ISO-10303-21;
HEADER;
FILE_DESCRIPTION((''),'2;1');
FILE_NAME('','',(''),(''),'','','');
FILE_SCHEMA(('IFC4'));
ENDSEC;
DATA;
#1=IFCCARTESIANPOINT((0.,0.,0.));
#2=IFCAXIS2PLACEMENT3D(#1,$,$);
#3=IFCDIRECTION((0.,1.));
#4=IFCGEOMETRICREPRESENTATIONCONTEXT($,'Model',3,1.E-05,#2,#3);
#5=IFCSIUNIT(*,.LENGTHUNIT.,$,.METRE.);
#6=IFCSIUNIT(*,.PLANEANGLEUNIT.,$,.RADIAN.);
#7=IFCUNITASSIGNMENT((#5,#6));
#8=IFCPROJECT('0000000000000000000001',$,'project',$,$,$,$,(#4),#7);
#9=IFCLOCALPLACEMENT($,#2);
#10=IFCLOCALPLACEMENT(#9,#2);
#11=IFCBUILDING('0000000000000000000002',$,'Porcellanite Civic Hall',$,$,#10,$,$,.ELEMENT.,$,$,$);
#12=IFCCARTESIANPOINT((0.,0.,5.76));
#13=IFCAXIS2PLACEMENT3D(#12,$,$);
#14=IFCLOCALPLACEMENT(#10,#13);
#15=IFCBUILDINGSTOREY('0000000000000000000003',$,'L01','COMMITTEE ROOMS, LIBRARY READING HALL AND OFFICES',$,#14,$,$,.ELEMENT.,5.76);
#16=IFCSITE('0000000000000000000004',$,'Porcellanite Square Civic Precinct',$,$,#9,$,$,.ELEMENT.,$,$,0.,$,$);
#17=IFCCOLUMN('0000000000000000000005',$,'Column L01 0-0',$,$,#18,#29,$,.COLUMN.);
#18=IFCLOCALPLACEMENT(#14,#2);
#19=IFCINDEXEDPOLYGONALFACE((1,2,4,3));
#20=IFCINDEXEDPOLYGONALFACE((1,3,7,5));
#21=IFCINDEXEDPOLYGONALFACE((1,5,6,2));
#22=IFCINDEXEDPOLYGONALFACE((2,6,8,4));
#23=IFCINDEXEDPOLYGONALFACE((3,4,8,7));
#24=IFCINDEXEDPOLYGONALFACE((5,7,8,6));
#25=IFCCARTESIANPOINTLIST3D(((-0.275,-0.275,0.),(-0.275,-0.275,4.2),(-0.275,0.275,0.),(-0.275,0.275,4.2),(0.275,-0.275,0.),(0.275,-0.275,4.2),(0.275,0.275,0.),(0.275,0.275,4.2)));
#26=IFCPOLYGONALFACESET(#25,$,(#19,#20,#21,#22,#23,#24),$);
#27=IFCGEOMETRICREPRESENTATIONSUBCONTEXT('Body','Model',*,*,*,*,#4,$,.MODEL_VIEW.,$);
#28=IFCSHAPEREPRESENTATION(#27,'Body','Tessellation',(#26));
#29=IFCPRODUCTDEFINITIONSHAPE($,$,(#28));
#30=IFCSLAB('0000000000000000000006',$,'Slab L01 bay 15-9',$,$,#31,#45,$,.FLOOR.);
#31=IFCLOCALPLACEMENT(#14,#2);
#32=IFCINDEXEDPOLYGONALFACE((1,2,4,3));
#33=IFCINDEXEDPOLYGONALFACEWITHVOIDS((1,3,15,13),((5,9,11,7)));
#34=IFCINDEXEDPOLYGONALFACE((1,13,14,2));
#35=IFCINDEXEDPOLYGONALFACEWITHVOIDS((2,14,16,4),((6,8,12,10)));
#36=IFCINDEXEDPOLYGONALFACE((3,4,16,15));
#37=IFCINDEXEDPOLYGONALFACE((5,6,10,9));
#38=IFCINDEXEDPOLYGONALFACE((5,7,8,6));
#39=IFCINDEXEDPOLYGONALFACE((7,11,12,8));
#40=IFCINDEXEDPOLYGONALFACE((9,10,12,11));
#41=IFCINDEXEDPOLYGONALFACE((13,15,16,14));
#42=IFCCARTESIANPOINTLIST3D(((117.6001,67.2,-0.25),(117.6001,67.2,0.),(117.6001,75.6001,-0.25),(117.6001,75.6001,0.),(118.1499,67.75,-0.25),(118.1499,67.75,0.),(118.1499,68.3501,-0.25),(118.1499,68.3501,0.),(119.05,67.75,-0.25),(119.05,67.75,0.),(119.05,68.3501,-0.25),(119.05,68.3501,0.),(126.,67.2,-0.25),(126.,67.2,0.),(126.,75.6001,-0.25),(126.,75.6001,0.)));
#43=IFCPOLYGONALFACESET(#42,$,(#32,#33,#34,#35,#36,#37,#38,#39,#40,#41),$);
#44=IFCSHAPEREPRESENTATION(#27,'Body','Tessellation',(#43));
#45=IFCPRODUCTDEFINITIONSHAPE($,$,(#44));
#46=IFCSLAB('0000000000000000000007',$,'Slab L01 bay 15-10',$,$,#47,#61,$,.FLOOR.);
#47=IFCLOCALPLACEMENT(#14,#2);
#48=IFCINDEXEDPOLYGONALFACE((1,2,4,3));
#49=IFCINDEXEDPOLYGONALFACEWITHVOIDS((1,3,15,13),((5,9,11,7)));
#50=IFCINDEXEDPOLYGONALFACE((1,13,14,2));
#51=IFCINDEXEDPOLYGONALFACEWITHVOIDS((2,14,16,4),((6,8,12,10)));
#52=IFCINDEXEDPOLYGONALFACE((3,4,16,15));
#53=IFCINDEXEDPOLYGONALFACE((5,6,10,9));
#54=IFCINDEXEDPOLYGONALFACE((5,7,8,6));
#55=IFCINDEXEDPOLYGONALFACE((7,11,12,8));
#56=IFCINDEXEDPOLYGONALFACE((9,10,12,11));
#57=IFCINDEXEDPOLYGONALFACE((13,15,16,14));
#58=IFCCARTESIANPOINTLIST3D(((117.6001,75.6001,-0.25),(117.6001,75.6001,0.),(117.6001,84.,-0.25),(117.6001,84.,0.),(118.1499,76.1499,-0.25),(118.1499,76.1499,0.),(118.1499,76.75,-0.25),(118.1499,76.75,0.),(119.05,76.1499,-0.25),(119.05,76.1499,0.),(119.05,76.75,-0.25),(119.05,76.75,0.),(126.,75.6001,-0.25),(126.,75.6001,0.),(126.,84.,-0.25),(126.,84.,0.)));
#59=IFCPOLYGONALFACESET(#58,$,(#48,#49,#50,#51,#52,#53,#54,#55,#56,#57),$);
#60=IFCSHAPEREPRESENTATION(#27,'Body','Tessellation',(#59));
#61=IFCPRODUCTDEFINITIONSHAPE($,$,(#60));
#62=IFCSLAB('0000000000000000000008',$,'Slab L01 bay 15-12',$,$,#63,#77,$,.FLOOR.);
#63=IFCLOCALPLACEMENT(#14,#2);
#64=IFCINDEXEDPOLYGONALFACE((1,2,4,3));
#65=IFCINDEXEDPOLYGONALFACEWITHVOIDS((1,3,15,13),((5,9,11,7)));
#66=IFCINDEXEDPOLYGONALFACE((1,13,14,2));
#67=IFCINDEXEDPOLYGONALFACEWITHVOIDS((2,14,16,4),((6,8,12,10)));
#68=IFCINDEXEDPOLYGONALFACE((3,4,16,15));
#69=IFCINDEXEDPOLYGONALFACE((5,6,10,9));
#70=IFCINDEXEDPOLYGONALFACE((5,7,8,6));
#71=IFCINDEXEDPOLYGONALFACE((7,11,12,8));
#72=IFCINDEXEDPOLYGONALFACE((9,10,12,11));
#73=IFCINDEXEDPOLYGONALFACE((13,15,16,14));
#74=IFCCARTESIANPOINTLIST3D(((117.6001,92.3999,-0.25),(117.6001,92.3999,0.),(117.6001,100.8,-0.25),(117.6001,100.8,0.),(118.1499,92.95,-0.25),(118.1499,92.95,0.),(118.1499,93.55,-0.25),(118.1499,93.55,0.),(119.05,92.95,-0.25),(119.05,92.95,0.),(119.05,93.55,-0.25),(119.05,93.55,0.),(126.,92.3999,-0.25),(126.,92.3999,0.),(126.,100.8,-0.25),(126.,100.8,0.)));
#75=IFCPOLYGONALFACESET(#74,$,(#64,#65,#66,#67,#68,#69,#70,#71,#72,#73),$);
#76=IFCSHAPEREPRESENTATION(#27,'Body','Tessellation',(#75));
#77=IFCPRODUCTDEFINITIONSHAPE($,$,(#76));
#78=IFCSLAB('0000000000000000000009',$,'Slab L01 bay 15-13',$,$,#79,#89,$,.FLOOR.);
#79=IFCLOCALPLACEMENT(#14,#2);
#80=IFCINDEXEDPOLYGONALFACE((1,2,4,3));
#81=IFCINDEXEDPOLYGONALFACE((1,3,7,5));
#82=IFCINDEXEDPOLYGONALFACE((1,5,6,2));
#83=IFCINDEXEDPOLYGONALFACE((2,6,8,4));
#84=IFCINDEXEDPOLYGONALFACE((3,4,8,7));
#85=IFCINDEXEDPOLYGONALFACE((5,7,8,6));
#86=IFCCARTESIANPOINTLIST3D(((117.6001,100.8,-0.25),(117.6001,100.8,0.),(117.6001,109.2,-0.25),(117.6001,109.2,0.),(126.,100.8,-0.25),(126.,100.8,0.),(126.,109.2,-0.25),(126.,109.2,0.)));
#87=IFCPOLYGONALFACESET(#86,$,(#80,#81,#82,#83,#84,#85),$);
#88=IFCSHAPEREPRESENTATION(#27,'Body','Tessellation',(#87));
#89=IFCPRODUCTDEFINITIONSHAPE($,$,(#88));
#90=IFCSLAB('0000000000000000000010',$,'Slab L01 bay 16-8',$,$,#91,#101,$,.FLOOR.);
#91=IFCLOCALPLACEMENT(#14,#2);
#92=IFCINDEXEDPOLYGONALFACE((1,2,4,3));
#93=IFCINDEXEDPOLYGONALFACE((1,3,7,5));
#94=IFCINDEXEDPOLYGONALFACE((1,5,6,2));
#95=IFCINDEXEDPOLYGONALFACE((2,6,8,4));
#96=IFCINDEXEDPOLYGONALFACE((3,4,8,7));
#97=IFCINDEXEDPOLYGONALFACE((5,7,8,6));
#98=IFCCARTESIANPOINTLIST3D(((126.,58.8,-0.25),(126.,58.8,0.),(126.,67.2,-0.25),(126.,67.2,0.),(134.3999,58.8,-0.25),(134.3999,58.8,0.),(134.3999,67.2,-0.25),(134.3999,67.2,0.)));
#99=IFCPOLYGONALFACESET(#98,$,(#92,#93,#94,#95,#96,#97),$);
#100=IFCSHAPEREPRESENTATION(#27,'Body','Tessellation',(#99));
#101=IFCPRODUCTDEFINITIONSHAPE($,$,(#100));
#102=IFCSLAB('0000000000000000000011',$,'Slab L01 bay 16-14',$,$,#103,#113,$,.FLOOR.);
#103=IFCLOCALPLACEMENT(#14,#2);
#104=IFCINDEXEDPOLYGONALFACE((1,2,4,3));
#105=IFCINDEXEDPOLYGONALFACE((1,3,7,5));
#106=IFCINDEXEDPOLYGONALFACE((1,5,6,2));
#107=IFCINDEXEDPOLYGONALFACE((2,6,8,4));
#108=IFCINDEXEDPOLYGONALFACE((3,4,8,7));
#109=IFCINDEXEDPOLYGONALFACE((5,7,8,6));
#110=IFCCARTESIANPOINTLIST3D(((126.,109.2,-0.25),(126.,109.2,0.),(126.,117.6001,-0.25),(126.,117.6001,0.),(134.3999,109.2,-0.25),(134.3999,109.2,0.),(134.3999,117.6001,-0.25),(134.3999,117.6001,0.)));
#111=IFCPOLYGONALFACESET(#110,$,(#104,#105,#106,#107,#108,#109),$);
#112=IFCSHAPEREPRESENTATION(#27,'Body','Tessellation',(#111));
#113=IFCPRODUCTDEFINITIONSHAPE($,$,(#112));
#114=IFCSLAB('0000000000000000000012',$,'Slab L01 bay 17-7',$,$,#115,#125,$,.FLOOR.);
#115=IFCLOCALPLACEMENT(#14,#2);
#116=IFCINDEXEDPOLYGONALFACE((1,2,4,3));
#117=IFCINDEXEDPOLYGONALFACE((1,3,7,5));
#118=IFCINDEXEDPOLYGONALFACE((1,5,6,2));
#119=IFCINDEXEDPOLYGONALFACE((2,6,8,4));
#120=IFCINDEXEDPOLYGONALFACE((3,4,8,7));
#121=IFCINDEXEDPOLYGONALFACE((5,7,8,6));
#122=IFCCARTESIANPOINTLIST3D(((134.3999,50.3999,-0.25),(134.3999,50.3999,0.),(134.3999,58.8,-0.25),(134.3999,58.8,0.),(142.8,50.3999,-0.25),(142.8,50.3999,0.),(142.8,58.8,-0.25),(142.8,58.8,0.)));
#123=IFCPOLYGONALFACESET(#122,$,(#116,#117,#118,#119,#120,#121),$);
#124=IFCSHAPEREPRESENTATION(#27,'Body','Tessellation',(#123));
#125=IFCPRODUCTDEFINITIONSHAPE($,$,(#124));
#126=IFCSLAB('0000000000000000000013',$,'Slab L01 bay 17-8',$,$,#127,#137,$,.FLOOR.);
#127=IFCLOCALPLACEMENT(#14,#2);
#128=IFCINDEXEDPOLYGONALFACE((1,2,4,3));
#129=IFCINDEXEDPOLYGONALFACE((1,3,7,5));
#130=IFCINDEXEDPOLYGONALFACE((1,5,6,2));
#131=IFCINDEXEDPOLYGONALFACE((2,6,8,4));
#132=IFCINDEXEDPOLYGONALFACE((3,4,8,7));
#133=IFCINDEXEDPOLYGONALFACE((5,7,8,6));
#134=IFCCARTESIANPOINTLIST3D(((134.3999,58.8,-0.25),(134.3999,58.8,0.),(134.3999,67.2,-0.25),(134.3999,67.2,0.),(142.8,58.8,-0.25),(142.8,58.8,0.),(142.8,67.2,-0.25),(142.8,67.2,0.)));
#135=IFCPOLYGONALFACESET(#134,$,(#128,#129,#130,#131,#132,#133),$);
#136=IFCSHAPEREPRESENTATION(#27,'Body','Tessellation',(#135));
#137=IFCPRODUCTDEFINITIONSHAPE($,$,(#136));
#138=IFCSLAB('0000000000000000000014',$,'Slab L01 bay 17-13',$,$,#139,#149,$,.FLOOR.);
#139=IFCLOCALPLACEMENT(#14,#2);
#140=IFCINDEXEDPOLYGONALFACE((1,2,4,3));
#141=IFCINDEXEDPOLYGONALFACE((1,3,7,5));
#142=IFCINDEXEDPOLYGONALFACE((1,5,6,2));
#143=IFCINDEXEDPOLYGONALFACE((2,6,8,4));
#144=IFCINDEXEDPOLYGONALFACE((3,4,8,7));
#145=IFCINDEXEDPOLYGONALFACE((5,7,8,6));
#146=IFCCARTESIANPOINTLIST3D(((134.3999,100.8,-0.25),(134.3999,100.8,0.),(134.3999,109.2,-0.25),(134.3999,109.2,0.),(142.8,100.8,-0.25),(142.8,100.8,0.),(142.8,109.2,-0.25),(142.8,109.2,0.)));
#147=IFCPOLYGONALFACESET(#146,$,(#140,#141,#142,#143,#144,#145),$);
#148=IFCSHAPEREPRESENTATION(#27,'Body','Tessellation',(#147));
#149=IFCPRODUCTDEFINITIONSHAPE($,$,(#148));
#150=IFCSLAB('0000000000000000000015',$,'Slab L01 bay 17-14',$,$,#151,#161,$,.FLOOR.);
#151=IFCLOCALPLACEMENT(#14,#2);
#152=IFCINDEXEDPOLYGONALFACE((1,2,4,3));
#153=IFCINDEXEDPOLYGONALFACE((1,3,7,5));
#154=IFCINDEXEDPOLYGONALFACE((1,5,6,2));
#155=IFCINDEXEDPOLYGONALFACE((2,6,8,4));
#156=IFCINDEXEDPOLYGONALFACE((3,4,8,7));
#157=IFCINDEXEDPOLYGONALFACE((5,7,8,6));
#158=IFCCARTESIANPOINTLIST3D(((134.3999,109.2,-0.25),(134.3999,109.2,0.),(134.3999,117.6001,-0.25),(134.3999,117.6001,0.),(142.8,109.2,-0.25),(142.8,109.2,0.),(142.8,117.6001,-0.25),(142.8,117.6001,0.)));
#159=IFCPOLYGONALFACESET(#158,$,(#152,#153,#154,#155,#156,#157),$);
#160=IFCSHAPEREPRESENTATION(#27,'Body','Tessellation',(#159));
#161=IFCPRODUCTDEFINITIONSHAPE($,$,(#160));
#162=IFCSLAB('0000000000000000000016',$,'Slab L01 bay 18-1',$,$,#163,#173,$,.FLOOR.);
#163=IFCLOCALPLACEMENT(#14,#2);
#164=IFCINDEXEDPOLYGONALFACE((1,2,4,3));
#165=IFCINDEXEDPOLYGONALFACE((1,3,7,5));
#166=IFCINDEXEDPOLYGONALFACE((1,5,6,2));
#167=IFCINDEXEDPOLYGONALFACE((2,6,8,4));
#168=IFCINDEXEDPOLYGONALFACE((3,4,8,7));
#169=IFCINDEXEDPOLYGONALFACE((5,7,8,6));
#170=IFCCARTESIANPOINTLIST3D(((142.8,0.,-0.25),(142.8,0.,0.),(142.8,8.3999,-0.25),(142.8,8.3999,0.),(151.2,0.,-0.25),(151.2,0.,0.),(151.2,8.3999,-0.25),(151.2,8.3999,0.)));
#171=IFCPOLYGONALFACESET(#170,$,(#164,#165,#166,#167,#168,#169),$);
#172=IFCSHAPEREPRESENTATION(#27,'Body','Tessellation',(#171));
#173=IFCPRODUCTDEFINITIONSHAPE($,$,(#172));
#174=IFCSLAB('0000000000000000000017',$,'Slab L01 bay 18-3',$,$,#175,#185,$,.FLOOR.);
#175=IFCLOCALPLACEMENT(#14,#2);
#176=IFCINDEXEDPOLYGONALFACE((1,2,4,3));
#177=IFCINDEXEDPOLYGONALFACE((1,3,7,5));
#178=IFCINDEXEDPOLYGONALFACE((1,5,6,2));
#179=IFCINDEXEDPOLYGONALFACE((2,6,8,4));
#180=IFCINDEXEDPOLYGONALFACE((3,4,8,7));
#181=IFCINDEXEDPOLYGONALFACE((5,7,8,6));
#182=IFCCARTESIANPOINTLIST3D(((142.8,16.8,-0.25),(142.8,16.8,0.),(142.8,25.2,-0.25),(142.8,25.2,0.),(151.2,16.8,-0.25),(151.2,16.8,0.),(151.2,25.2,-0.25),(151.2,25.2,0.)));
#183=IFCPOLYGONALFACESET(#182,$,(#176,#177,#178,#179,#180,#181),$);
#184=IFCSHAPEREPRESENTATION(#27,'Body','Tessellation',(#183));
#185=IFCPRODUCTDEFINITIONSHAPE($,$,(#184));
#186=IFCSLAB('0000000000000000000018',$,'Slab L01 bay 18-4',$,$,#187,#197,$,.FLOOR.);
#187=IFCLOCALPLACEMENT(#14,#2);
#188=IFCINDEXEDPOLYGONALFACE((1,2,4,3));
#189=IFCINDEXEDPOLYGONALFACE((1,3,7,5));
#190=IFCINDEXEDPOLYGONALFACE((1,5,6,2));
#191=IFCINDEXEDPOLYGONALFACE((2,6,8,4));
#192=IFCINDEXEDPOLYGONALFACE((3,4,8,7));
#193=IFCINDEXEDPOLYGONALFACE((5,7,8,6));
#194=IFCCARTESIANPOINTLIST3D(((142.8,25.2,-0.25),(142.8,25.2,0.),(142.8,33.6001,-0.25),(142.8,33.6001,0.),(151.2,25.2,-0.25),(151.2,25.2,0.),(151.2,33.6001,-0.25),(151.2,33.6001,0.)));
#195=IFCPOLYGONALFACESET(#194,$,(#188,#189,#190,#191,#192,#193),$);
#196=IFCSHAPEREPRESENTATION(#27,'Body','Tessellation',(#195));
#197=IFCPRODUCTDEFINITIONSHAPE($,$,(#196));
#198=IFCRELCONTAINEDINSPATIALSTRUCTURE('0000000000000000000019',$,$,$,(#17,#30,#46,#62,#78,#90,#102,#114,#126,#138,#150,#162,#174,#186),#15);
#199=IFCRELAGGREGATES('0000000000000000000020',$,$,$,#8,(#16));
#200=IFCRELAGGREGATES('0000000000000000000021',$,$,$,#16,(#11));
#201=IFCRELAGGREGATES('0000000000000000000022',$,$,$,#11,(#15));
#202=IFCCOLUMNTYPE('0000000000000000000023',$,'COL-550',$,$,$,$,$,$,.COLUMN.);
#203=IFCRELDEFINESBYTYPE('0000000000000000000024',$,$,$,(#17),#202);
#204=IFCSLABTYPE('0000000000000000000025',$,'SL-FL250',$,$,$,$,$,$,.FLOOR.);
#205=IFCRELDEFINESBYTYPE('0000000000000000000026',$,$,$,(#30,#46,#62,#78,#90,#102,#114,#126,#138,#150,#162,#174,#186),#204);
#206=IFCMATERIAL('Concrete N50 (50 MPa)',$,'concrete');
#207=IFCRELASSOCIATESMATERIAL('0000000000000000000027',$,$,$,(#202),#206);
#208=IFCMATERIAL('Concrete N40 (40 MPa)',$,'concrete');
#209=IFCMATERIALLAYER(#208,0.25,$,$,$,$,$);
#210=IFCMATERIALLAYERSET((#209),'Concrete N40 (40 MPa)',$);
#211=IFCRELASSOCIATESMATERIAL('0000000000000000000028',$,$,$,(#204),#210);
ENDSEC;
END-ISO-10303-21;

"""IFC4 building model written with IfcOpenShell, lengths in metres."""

from ifc_helpers import new_model, si_unit, direction, frame, origin, origin_with_axes, origin_2d, place, context, subcontext, project, spatial, polyline, rectangle, outline, extrude, material, layer, layer_set, material_profile, profile_set, type_object, element, save


model = new_model("IFC4")

# Units and contexts
model_context = context("Model", 3, precision=1e-05, world=origin(), true_north=direction((0.0, 1.0)))
body_context = subcontext(model_context, "Body", "Model", "MODEL_VIEW")
ifc_project = project(units=[si_unit("LENGTHUNIT", "METRE"), si_unit("PLANEANGLEUNIT", "RADIAN")], contexts=[model_context])

# Site, building, storey
site_placement = place(None, origin())
site = spatial("IfcSite", under=ifc_project, at=site_placement, Name="Porcellanite Square Civic Precinct", CompositionType="ELEMENT", RefElevation=0.0)
building_placement = place(site_placement, origin())
building = spatial("IfcBuilding", under=site, at=building_placement, Name="Porcellanite Civic Hall", CompositionType="ELEMENT")
storey_placement = place(building_placement, frame((0.0, 0.0, 5.76)))
storey = spatial("IfcBuildingStorey", under=building, at=storey_placement, Name="L01", Description="COMMITTEE ROOMS, LIBRARY READING HALL AND OFFICES", CompositionType="ELEMENT", Elevation=5.76)

# Column
ifc_material_1 = material(Name="Concrete N50 (50 MPa)", Category="concrete")
ifc_material_profile = material_profile(ifc_material_1, rectangle(XDim=0.55, YDim=0.55, at=origin_2d()), Name="RC-550x550")
ifc_profile_set = profile_set([ifc_material_profile], Name="Concrete N50 (50 MPa)")
column_type = type_object("IfcColumnType", Name="COL-550", PredefinedType="COLUMN", material=ifc_profile_set)
column_placement = place(storey_placement, origin_with_axes())
element("IfcColumn", 1, at=column_placement, inside=storey, type_object=column_type, Name="Column L01 0-0", PredefinedType="COLUMN", context=body_context, shape_type="SweptSolid", body=[
    extrude(rectangle(XDim=0.55, YDim=0.55, at=origin_2d()), origin(), (0.0, 0.0, 1.0), 4.2),
])

# Slabs
ifc_material_2 = material(Name="Concrete N40 (40 MPa)", Category="concrete")
ifc_layer = layer(ifc_material_2, 0.25)
ifc_layer_set = layer_set([ifc_layer], Name="Concrete N40 (40 MPa)")
slab_type = type_object("IfcSlabType", Name="SL-FL250", PredefinedType="FLOOR", material=ifc_layer_set)
slab_1_placement = place(storey_placement, frame((0.0, 0.0, -0.25)))
element("IfcSlab", 2, at=slab_1_placement, inside=storey, type_object=slab_type, Name="Slab L01 bay 15-9", PredefinedType="FLOOR", context=body_context, shape_type="SweptSolid", body=[
    extrude(outline(polyline([(117.6001, 67.2), (126.0, 67.2), (126.0, 75.6001), (117.6001, 75.6001), (117.6001, 67.2)]), holes=[polyline([(118.1499, 67.75), (119.05, 67.75), (119.05, 68.3501), (118.1499, 68.3501), (118.1499, 67.75)])]), origin(), (0.0, 0.0, 1.0), 0.25),
])
slab_2_placement = place(storey_placement, frame((0.0, 0.0, -0.25)))
element("IfcSlab", 3, at=slab_2_placement, inside=storey, type_object=slab_type, Name="Slab L01 bay 15-10", PredefinedType="FLOOR", context=body_context, shape_type="SweptSolid", body=[
    extrude(outline(polyline([(117.6001, 75.6001), (126.0, 75.6001), (126.0, 84.0), (117.6001, 84.0), (117.6001, 75.6001)]), holes=[polyline([(118.1499, 76.1499), (119.05, 76.1499), (119.05, 76.75), (118.1499, 76.75), (118.1499, 76.1499)])]), origin(), (0.0, 0.0, 1.0), 0.25),
])
slab_3_placement = place(storey_placement, frame((0.0, 0.0, -0.25)))
element("IfcSlab", 4, at=slab_3_placement, inside=storey, type_object=slab_type, Name="Slab L01 bay 15-12", PredefinedType="FLOOR", context=body_context, shape_type="SweptSolid", body=[
    extrude(outline(polyline([(117.6001, 92.3999), (126.0, 92.3999), (126.0, 100.8), (117.6001, 100.8), (117.6001, 92.3999)]), holes=[polyline([(118.1499, 92.95), (119.05, 92.95), (119.05, 93.55), (118.1499, 93.55), (118.1499, 92.95)])]), origin(), (0.0, 0.0, 1.0), 0.25),
])
slab_4_placement = place(storey_placement, frame((0.0, 0.0, -0.25)))
element("IfcSlab", 5, at=slab_4_placement, inside=storey, type_object=slab_type, Name="Slab L01 bay 15-13", PredefinedType="FLOOR", context=body_context, shape_type="SweptSolid", body=[
    extrude(outline(polyline([(117.6001, 100.8), (126.0, 100.8), (126.0, 109.2), (117.6001, 109.2), (117.6001, 100.8)])), origin(), (0.0, 0.0, 1.0), 0.25),
])
slab_5_placement = place(storey_placement, frame((0.0, 0.0, -0.25)))
element("IfcSlab", 6, at=slab_5_placement, inside=storey, type_object=slab_type, Name="Slab L01 bay 16-8", PredefinedType="FLOOR", context=body_context, shape_type="SweptSolid", body=[
    extrude(outline(polyline([(126.0, 58.8), (134.3999, 58.8), (134.3999, 67.2), (126.0, 67.2), (126.0, 58.8)])), origin(), (0.0, 0.0, 1.0), 0.25),
])
slab_6_placement = place(storey_placement, frame((0.0, 0.0, -0.25)))
element("IfcSlab", 7, at=slab_6_placement, inside=storey, type_object=slab_type, Name="Slab L01 bay 16-14", PredefinedType="FLOOR", context=body_context, shape_type="SweptSolid", body=[
    extrude(outline(polyline([(126.0, 109.2), (134.3999, 109.2), (134.3999, 117.6001), (126.0, 117.6001), (126.0, 109.2)])), origin(), (0.0, 0.0, 1.0), 0.25),
])
slab_7_placement = place(storey_placement, frame((0.0, 0.0, -0.25)))
element("IfcSlab", 8, at=slab_7_placement, inside=storey, type_object=slab_type, Name="Slab L01 bay 17-7", PredefinedType="FLOOR", context=body_context, shape_type="SweptSolid", body=[
    extrude(outline(polyline([(134.3999, 50.3999), (142.8, 50.3999), (142.8, 58.8), (134.3999, 58.8), (134.3999, 50.3999)])), origin(), (0.0, 0.0, 1.0), 0.25),
])
slab_8_placement = place(storey_placement, frame((0.0, 0.0, -0.25)))
element("IfcSlab", 9, at=slab_8_placement, inside=storey, type_object=slab_type, Name="Slab L01 bay 17-8", PredefinedType="FLOOR", context=body_context, shape_type="SweptSolid", body=[
    extrude(outline(polyline([(134.3999, 58.8), (142.8, 58.8), (142.8, 67.2), (134.3999, 67.2), (134.3999, 58.8)])), origin(), (0.0, 0.0, 1.0), 0.25),
])
slab_9_placement = place(storey_placement, frame((0.0, 0.0, -0.25)))
element("IfcSlab", 10, at=slab_9_placement, inside=storey, type_object=slab_type, Name="Slab L01 bay 17-13", PredefinedType="FLOOR", context=body_context, shape_type="SweptSolid", body=[
    extrude(outline(polyline([(134.3999, 100.8), (142.8, 100.8), (142.8, 109.2), (134.3999, 109.2), (134.3999, 100.8)])), origin(), (0.0, 0.0, 1.0), 0.25),
])
slab_10_placement = place(storey_placement, frame((0.0, 0.0, -0.25)))
element("IfcSlab", 11, at=slab_10_placement, inside=storey, type_object=slab_type, Name="Slab L01 bay 17-14", PredefinedType="FLOOR", context=body_context, shape_type="SweptSolid", body=[
    extrude(outline(polyline([(134.3999, 109.2), (142.8, 109.2), (142.8, 117.6001), (134.3999, 117.6001), (134.3999, 109.2)])), origin(), (0.0, 0.0, 1.0), 0.25),
])
slab_11_placement = place(storey_placement, frame((0.0, 0.0, -0.25)))
element("IfcSlab", 12, at=slab_11_placement, inside=storey, type_object=slab_type, Name="Slab L01 bay 18-1", PredefinedType="FLOOR", context=body_context, shape_type="SweptSolid", body=[
    extrude(outline(polyline([(142.8, 0.0), (151.2, 0.0), (151.2, 8.3999), (142.8, 8.3999), (142.8, 0.0)])), origin(), (0.0, 0.0, 1.0), 0.25),
])
slab_12_placement = place(storey_placement, frame((0.0, 0.0, -0.25)))
element("IfcSlab", 13, at=slab_12_placement, inside=storey, type_object=slab_type, Name="Slab L01 bay 18-3", PredefinedType="FLOOR", context=body_context, shape_type="SweptSolid", body=[
    extrude(outline(polyline([(142.8, 16.8), (151.2, 16.8), (151.2, 25.2), (142.8, 25.2), (142.8, 16.8)])), origin(), (0.0, 0.0, 1.0), 0.25),
])
slab_13_placement = place(storey_placement, frame((0.0, 0.0, -0.25)))
element("IfcSlab", 14, at=slab_13_placement, inside=storey, type_object=slab_type, Name="Slab L01 bay 18-4", PredefinedType="FLOOR", context=body_context, shape_type="SweptSolid", body=[
    extrude(outline(polyline([(142.8, 25.2), (151.2, 25.2), (151.2, 33.6001), (142.8, 33.6001), (142.8, 25.2)])), origin(), (0.0, 0.0, 1.0), 0.25),
])

save(model, "model.ifc")
